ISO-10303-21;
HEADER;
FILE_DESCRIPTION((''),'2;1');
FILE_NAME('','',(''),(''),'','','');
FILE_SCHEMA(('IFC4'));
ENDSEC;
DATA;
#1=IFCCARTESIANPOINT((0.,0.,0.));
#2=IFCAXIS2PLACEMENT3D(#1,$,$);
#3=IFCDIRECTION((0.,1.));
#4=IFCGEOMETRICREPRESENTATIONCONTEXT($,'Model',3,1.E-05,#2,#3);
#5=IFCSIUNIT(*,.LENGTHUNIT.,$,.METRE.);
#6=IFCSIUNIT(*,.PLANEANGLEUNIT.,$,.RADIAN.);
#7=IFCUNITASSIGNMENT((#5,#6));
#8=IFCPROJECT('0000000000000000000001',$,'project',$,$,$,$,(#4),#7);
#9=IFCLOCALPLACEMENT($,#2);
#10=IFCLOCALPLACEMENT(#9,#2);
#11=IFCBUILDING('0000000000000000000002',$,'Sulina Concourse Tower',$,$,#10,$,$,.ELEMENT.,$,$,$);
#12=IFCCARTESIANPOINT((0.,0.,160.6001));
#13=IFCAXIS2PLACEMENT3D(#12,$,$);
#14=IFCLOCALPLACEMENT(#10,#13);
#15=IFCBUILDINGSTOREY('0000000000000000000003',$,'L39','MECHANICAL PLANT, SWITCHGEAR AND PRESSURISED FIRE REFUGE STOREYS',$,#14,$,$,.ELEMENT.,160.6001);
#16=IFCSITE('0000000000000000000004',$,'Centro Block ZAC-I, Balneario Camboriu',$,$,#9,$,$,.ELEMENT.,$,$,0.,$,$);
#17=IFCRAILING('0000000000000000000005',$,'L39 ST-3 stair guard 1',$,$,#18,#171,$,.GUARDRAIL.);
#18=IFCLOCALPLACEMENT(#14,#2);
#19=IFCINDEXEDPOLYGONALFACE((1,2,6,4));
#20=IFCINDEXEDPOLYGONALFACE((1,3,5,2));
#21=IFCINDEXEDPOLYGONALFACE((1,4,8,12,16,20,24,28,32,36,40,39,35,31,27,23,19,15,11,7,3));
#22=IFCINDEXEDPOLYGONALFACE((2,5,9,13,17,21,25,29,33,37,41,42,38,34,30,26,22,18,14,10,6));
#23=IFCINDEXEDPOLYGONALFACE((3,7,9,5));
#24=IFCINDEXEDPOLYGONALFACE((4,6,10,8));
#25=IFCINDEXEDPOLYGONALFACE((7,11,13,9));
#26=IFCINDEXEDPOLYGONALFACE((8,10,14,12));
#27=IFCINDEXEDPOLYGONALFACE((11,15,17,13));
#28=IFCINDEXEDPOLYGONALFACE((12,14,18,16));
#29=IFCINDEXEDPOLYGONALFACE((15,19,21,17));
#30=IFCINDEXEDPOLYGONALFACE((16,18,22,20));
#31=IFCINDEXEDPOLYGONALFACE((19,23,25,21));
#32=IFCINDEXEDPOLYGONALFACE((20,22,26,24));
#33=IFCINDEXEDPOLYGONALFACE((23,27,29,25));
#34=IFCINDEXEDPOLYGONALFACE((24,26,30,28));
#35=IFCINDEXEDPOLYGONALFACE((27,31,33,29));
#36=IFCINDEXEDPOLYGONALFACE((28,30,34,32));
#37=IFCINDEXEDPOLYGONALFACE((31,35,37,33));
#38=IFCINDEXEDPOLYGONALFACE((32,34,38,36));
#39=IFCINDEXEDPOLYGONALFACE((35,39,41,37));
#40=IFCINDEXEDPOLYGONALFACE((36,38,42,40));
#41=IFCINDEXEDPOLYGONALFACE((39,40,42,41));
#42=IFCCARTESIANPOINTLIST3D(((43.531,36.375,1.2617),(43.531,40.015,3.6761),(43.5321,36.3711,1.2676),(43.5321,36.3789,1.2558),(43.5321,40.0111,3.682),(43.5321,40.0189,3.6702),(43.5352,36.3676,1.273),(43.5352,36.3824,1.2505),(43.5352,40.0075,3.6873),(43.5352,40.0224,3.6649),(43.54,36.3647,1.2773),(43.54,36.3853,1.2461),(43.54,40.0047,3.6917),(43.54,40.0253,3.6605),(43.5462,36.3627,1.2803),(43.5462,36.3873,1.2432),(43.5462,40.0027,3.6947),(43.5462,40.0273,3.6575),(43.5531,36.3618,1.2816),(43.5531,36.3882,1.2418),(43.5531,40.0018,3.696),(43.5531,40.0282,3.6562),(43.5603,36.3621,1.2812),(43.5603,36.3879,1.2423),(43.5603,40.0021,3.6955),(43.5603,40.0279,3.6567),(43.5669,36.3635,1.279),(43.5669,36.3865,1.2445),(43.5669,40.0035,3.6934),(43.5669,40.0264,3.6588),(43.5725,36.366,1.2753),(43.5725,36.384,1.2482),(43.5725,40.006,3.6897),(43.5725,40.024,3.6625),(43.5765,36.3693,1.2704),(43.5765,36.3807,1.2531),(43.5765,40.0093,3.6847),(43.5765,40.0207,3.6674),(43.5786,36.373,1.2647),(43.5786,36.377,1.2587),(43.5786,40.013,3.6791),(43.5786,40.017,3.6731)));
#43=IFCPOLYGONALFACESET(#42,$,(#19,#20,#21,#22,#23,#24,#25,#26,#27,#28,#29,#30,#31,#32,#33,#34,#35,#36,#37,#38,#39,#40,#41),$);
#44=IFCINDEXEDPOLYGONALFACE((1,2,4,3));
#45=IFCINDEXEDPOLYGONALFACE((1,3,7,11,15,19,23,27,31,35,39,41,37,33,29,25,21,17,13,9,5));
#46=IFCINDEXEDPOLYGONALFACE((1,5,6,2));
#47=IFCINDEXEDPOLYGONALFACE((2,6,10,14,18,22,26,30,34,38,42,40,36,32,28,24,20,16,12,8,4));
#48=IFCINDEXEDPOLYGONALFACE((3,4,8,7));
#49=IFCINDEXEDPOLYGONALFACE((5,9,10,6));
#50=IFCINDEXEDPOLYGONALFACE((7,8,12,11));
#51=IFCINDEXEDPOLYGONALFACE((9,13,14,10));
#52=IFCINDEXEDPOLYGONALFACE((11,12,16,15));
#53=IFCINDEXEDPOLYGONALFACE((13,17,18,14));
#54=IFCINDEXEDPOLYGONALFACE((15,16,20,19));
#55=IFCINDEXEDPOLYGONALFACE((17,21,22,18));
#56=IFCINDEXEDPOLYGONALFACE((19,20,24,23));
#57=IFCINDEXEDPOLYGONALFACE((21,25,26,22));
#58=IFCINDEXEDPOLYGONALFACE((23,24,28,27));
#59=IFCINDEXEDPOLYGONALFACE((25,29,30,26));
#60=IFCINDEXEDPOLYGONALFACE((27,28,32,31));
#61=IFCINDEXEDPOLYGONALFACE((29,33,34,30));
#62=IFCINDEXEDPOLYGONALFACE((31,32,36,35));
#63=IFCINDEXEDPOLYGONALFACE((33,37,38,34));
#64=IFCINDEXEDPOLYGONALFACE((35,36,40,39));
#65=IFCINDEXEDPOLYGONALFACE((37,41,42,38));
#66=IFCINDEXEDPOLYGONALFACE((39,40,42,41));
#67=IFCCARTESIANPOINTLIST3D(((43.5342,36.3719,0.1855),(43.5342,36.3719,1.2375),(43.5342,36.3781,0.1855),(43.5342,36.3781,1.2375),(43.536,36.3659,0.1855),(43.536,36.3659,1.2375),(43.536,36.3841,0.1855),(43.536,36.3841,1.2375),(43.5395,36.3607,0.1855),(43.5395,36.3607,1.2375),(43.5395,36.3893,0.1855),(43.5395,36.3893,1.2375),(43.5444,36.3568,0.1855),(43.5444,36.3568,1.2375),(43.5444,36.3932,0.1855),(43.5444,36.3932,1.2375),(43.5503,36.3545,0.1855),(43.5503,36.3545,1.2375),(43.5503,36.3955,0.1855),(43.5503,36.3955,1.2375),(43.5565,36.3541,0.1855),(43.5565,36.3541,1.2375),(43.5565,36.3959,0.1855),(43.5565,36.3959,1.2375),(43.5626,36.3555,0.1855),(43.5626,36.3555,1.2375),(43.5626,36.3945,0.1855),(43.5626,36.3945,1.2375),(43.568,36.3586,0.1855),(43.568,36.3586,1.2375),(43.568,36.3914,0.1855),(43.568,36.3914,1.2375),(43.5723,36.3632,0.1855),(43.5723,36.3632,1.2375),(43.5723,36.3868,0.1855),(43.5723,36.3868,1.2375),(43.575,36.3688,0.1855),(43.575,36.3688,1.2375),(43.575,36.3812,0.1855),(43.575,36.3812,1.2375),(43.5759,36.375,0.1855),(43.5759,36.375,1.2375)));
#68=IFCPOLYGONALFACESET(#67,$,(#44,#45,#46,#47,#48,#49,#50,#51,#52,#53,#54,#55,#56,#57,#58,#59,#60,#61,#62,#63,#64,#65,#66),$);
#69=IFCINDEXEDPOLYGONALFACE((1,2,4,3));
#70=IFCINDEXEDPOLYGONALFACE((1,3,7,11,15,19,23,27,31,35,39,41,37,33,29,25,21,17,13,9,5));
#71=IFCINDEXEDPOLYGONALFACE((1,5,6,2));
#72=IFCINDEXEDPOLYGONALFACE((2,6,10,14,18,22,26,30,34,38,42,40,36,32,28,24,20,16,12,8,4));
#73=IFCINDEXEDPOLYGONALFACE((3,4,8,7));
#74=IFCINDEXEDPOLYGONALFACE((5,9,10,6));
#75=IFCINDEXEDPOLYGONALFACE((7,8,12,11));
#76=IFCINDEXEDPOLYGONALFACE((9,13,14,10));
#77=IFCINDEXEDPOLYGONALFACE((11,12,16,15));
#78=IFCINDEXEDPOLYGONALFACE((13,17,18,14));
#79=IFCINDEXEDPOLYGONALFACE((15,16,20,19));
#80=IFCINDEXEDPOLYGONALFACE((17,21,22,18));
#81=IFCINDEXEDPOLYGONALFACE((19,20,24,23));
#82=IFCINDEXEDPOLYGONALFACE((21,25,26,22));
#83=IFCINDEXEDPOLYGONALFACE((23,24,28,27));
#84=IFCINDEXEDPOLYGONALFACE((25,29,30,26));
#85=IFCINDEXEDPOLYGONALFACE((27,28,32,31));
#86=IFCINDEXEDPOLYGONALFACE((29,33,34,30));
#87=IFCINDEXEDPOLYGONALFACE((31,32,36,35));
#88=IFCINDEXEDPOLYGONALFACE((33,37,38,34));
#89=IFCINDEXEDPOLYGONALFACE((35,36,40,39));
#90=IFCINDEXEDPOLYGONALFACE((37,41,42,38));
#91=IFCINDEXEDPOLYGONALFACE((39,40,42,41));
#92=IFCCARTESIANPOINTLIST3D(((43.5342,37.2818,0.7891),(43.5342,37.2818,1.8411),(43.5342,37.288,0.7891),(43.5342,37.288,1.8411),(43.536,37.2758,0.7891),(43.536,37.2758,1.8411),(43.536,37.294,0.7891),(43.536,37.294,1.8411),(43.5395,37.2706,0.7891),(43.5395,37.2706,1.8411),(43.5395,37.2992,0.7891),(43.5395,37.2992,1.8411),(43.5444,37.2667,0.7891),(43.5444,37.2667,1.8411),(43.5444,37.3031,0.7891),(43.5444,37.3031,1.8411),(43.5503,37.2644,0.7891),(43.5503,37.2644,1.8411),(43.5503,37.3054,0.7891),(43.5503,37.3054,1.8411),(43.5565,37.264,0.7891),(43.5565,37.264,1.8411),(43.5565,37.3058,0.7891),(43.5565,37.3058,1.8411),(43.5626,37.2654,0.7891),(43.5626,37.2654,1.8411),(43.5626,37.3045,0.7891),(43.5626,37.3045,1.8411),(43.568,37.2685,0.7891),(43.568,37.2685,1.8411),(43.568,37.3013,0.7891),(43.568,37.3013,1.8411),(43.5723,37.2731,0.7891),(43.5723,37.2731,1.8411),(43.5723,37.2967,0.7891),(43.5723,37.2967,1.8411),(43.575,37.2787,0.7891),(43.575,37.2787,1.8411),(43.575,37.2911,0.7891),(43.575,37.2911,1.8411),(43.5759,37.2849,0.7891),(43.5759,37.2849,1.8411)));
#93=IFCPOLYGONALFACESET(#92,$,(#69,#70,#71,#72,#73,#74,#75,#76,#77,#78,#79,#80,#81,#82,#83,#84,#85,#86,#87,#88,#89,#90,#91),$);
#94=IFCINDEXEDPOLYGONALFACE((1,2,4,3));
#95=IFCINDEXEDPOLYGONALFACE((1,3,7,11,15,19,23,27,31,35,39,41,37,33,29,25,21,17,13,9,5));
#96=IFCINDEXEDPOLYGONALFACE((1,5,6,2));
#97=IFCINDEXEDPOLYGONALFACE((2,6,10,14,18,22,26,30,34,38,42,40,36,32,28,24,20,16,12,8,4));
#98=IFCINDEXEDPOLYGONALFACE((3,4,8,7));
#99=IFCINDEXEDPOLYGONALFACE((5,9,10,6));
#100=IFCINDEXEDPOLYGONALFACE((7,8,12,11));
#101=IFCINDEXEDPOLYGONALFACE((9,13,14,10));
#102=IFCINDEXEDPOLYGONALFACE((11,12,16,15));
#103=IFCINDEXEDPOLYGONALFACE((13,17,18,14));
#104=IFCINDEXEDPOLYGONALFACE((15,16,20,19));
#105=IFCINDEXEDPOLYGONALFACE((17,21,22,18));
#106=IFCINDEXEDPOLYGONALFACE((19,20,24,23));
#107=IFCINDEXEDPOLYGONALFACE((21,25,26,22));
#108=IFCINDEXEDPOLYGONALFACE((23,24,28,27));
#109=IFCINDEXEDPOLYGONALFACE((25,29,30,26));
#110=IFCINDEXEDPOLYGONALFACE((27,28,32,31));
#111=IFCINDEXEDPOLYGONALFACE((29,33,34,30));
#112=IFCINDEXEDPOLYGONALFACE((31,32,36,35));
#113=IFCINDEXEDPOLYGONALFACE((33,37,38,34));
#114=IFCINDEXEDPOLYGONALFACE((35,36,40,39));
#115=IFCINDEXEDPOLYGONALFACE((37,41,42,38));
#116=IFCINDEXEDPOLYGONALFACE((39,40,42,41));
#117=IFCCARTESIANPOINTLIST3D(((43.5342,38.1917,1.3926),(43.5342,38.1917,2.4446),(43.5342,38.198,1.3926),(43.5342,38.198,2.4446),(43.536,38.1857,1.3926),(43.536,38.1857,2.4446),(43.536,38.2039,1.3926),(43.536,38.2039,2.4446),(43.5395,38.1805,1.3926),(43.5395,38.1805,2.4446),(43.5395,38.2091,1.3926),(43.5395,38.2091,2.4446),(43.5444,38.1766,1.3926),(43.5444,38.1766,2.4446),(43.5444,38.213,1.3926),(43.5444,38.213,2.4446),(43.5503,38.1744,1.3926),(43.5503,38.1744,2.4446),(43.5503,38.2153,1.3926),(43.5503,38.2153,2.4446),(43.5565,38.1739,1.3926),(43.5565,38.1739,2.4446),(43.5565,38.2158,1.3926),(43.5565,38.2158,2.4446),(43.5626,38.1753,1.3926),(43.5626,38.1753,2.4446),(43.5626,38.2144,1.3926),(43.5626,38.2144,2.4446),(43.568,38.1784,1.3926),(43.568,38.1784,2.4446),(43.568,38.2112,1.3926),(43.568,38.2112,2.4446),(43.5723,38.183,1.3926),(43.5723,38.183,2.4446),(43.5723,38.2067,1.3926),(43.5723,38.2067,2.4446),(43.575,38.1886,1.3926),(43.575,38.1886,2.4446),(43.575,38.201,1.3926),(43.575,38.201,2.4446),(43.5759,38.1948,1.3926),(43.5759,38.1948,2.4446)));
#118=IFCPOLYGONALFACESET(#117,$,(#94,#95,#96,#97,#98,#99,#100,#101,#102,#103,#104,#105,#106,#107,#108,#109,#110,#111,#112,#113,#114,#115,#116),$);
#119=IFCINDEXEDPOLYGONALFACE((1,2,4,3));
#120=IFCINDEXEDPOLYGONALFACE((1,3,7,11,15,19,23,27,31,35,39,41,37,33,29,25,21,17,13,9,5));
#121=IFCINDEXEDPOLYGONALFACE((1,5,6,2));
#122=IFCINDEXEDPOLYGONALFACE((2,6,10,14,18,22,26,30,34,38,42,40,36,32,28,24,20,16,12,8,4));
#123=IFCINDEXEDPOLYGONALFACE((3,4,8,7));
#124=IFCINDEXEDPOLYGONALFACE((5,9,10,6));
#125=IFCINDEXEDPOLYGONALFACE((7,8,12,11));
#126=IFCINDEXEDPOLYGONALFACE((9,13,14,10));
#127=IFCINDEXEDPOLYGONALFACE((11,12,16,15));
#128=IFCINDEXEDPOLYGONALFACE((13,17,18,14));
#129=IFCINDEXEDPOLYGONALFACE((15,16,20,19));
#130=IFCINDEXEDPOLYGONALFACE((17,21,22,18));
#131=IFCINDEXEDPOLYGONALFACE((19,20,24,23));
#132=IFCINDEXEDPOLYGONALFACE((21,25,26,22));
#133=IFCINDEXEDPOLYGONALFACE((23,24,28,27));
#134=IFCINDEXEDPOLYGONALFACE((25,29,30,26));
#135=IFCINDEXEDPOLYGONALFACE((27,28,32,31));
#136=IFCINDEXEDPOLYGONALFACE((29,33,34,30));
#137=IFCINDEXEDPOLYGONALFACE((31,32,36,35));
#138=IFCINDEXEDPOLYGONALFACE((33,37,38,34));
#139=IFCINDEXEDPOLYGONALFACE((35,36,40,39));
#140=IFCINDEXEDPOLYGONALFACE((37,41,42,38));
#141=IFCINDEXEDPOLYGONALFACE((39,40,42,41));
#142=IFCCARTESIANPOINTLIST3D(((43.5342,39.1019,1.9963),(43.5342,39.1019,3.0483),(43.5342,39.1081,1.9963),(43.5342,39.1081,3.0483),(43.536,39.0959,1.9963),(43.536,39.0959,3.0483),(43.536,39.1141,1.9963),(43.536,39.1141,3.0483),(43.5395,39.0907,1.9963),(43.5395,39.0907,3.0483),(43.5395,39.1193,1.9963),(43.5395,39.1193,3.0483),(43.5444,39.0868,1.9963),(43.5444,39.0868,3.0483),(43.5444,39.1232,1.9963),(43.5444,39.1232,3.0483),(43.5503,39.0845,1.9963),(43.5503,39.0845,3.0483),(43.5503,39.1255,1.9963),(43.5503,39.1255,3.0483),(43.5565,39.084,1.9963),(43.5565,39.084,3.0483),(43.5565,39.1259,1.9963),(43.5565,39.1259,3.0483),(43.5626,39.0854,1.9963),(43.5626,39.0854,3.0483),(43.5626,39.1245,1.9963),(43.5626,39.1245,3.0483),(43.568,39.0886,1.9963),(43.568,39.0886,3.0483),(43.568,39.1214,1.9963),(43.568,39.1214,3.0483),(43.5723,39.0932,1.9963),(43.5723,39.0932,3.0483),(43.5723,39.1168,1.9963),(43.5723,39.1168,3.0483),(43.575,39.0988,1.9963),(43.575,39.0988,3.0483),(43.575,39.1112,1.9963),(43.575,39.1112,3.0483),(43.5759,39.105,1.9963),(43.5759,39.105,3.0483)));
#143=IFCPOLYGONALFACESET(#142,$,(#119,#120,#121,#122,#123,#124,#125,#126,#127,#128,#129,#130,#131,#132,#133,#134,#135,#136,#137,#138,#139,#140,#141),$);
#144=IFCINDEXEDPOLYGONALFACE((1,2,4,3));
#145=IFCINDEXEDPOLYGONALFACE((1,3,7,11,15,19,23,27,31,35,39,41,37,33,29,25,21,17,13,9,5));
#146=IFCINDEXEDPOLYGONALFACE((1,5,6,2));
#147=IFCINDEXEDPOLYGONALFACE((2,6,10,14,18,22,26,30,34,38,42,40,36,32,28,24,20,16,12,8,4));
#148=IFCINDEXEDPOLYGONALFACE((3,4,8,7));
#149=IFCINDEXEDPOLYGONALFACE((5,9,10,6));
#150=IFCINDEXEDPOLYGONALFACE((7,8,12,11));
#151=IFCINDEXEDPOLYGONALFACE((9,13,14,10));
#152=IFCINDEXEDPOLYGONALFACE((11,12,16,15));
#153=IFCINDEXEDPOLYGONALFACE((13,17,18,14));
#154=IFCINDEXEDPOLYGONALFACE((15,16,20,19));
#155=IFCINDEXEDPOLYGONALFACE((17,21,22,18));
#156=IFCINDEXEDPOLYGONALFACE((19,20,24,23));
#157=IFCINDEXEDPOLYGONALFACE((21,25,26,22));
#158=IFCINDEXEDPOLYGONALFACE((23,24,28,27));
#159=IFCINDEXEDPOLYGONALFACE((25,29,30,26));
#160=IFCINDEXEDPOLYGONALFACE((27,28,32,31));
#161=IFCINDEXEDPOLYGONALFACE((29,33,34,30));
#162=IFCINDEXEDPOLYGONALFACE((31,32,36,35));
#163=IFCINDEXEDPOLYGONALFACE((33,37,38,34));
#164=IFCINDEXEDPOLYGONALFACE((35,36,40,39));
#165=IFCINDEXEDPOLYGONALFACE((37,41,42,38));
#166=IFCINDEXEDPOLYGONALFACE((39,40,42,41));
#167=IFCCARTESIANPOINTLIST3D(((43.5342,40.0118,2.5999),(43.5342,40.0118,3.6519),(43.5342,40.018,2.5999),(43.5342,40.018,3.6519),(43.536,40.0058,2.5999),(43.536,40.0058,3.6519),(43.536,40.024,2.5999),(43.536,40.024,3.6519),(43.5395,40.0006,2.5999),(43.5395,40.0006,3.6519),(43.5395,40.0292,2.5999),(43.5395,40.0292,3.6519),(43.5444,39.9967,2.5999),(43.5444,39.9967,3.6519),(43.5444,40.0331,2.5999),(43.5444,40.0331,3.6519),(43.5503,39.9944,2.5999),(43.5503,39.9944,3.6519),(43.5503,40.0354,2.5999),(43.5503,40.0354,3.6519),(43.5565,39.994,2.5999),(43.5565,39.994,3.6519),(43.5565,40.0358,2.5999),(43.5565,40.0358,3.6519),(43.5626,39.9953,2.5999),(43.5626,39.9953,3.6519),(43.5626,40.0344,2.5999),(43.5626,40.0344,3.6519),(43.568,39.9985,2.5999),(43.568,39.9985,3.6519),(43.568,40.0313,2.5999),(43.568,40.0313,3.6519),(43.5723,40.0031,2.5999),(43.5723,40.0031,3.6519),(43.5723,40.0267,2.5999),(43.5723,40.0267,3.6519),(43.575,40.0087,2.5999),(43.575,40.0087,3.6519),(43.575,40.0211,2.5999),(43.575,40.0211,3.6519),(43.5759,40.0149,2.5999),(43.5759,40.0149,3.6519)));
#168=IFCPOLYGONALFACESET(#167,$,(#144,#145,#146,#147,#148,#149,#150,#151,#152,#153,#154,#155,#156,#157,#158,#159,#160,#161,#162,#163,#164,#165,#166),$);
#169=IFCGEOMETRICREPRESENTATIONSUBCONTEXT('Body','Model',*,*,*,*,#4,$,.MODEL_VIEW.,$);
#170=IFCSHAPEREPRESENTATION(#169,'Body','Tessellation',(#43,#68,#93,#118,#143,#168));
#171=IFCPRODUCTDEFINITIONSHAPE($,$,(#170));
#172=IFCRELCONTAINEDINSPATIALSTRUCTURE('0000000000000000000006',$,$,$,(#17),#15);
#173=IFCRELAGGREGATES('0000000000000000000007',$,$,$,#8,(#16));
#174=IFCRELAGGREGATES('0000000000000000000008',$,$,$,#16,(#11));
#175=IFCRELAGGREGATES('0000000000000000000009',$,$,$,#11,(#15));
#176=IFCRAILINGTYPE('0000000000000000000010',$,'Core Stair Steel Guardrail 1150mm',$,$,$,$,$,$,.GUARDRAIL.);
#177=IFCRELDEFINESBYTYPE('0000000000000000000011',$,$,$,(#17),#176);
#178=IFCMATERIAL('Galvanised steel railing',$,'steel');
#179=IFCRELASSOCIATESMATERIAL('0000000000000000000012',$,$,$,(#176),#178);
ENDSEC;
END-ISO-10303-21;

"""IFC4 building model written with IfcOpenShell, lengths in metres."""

from ifc_helpers import new_model, si_unit, direction, frame, origin, origin_2d, place, context, subcontext, project, spatial, circle, extrude, material, type_object, element, save


model = new_model("IFC4")

# Units and contexts
model_context = context("Model", 3, precision=1e-05, world=origin(), true_north=direction((0.0, 1.0)))
body_context = subcontext(model_context, "Body", "Model", "MODEL_VIEW")
ifc_project = project(units=[si_unit("LENGTHUNIT", "METRE"), si_unit("PLANEANGLEUNIT", "RADIAN")], contexts=[model_context])

# Site, building, storey
site_placement = place(None, origin())
site = spatial("IfcSite", under=ifc_project, at=site_placement, Name="Centro Block ZAC-I, Balneario Camboriu", CompositionType="ELEMENT", RefElevation=0.0)
building_placement = place(site_placement, origin())
building = spatial("IfcBuilding", under=site, at=building_placement, Name="Sulina Concourse Tower", CompositionType="ELEMENT")
storey_placement = place(building_placement, frame((0.0, 0.0, 160.6001)))
storey = spatial("IfcBuildingStorey", under=building, at=storey_placement, Name="L39", Description="MECHANICAL PLANT, SWITCHGEAR AND PRESSURISED FIRE REFUGE STOREYS", CompositionType="ELEMENT", Elevation=160.6001)

# Railing
ifc_material_1 = material(Name="Galvanised steel railing", Category="steel")
railing_type_1 = type_object("IfcRailingType", Name="Core Stair Steel Guardrail 1150mm", PredefinedType="GUARDRAIL", material=ifc_material_1)
railing_1_placement = place(storey_placement, frame((43.5549, 36.375, 0.1855)))
element("IfcRailing", 1, at=railing_1_placement, inside=storey, type_object=railing_type_1, Name="L39 ST-3 stair guard 1", PredefinedType="GUARDRAIL", context=body_context, shape_type="SweptSolid", body=[
    extrude(circle(Radius=0.0239, at=origin_2d()), frame((0.0, 0.0, 1.0762), z_axis=(0.0, 0.833347, 0.552751), x_axis=(-1.0, 0.0, 0.0)), (0.0, 0.0, 1.0), 4.3679),
    extrude(circle(Radius=0.021, at=origin_2d()), origin(), (0.0, 0.0, 1.0), 1.052),
    extrude(circle(Radius=0.021, at=origin_2d()), frame((0.0, 0.9099, 0.6035)), (0.0, 0.0, 1.0), 1.052),
    extrude(circle(Radius=0.021, at=origin_2d()), frame((0.0, 1.8198, 1.207)), (0.0, 0.0, 1.0), 1.052),
    extrude(circle(Radius=0.021, at=origin_2d()), frame((0.0, 2.73, 1.8108)), (0.0, 0.0, 1.0), 1.052),
    extrude(circle(Radius=0.021, at=origin_2d()), frame((0.0, 3.6399, 2.4143)), (0.0, 0.0, 1.0), 1.052),
])

save(model, "model.ifc")
